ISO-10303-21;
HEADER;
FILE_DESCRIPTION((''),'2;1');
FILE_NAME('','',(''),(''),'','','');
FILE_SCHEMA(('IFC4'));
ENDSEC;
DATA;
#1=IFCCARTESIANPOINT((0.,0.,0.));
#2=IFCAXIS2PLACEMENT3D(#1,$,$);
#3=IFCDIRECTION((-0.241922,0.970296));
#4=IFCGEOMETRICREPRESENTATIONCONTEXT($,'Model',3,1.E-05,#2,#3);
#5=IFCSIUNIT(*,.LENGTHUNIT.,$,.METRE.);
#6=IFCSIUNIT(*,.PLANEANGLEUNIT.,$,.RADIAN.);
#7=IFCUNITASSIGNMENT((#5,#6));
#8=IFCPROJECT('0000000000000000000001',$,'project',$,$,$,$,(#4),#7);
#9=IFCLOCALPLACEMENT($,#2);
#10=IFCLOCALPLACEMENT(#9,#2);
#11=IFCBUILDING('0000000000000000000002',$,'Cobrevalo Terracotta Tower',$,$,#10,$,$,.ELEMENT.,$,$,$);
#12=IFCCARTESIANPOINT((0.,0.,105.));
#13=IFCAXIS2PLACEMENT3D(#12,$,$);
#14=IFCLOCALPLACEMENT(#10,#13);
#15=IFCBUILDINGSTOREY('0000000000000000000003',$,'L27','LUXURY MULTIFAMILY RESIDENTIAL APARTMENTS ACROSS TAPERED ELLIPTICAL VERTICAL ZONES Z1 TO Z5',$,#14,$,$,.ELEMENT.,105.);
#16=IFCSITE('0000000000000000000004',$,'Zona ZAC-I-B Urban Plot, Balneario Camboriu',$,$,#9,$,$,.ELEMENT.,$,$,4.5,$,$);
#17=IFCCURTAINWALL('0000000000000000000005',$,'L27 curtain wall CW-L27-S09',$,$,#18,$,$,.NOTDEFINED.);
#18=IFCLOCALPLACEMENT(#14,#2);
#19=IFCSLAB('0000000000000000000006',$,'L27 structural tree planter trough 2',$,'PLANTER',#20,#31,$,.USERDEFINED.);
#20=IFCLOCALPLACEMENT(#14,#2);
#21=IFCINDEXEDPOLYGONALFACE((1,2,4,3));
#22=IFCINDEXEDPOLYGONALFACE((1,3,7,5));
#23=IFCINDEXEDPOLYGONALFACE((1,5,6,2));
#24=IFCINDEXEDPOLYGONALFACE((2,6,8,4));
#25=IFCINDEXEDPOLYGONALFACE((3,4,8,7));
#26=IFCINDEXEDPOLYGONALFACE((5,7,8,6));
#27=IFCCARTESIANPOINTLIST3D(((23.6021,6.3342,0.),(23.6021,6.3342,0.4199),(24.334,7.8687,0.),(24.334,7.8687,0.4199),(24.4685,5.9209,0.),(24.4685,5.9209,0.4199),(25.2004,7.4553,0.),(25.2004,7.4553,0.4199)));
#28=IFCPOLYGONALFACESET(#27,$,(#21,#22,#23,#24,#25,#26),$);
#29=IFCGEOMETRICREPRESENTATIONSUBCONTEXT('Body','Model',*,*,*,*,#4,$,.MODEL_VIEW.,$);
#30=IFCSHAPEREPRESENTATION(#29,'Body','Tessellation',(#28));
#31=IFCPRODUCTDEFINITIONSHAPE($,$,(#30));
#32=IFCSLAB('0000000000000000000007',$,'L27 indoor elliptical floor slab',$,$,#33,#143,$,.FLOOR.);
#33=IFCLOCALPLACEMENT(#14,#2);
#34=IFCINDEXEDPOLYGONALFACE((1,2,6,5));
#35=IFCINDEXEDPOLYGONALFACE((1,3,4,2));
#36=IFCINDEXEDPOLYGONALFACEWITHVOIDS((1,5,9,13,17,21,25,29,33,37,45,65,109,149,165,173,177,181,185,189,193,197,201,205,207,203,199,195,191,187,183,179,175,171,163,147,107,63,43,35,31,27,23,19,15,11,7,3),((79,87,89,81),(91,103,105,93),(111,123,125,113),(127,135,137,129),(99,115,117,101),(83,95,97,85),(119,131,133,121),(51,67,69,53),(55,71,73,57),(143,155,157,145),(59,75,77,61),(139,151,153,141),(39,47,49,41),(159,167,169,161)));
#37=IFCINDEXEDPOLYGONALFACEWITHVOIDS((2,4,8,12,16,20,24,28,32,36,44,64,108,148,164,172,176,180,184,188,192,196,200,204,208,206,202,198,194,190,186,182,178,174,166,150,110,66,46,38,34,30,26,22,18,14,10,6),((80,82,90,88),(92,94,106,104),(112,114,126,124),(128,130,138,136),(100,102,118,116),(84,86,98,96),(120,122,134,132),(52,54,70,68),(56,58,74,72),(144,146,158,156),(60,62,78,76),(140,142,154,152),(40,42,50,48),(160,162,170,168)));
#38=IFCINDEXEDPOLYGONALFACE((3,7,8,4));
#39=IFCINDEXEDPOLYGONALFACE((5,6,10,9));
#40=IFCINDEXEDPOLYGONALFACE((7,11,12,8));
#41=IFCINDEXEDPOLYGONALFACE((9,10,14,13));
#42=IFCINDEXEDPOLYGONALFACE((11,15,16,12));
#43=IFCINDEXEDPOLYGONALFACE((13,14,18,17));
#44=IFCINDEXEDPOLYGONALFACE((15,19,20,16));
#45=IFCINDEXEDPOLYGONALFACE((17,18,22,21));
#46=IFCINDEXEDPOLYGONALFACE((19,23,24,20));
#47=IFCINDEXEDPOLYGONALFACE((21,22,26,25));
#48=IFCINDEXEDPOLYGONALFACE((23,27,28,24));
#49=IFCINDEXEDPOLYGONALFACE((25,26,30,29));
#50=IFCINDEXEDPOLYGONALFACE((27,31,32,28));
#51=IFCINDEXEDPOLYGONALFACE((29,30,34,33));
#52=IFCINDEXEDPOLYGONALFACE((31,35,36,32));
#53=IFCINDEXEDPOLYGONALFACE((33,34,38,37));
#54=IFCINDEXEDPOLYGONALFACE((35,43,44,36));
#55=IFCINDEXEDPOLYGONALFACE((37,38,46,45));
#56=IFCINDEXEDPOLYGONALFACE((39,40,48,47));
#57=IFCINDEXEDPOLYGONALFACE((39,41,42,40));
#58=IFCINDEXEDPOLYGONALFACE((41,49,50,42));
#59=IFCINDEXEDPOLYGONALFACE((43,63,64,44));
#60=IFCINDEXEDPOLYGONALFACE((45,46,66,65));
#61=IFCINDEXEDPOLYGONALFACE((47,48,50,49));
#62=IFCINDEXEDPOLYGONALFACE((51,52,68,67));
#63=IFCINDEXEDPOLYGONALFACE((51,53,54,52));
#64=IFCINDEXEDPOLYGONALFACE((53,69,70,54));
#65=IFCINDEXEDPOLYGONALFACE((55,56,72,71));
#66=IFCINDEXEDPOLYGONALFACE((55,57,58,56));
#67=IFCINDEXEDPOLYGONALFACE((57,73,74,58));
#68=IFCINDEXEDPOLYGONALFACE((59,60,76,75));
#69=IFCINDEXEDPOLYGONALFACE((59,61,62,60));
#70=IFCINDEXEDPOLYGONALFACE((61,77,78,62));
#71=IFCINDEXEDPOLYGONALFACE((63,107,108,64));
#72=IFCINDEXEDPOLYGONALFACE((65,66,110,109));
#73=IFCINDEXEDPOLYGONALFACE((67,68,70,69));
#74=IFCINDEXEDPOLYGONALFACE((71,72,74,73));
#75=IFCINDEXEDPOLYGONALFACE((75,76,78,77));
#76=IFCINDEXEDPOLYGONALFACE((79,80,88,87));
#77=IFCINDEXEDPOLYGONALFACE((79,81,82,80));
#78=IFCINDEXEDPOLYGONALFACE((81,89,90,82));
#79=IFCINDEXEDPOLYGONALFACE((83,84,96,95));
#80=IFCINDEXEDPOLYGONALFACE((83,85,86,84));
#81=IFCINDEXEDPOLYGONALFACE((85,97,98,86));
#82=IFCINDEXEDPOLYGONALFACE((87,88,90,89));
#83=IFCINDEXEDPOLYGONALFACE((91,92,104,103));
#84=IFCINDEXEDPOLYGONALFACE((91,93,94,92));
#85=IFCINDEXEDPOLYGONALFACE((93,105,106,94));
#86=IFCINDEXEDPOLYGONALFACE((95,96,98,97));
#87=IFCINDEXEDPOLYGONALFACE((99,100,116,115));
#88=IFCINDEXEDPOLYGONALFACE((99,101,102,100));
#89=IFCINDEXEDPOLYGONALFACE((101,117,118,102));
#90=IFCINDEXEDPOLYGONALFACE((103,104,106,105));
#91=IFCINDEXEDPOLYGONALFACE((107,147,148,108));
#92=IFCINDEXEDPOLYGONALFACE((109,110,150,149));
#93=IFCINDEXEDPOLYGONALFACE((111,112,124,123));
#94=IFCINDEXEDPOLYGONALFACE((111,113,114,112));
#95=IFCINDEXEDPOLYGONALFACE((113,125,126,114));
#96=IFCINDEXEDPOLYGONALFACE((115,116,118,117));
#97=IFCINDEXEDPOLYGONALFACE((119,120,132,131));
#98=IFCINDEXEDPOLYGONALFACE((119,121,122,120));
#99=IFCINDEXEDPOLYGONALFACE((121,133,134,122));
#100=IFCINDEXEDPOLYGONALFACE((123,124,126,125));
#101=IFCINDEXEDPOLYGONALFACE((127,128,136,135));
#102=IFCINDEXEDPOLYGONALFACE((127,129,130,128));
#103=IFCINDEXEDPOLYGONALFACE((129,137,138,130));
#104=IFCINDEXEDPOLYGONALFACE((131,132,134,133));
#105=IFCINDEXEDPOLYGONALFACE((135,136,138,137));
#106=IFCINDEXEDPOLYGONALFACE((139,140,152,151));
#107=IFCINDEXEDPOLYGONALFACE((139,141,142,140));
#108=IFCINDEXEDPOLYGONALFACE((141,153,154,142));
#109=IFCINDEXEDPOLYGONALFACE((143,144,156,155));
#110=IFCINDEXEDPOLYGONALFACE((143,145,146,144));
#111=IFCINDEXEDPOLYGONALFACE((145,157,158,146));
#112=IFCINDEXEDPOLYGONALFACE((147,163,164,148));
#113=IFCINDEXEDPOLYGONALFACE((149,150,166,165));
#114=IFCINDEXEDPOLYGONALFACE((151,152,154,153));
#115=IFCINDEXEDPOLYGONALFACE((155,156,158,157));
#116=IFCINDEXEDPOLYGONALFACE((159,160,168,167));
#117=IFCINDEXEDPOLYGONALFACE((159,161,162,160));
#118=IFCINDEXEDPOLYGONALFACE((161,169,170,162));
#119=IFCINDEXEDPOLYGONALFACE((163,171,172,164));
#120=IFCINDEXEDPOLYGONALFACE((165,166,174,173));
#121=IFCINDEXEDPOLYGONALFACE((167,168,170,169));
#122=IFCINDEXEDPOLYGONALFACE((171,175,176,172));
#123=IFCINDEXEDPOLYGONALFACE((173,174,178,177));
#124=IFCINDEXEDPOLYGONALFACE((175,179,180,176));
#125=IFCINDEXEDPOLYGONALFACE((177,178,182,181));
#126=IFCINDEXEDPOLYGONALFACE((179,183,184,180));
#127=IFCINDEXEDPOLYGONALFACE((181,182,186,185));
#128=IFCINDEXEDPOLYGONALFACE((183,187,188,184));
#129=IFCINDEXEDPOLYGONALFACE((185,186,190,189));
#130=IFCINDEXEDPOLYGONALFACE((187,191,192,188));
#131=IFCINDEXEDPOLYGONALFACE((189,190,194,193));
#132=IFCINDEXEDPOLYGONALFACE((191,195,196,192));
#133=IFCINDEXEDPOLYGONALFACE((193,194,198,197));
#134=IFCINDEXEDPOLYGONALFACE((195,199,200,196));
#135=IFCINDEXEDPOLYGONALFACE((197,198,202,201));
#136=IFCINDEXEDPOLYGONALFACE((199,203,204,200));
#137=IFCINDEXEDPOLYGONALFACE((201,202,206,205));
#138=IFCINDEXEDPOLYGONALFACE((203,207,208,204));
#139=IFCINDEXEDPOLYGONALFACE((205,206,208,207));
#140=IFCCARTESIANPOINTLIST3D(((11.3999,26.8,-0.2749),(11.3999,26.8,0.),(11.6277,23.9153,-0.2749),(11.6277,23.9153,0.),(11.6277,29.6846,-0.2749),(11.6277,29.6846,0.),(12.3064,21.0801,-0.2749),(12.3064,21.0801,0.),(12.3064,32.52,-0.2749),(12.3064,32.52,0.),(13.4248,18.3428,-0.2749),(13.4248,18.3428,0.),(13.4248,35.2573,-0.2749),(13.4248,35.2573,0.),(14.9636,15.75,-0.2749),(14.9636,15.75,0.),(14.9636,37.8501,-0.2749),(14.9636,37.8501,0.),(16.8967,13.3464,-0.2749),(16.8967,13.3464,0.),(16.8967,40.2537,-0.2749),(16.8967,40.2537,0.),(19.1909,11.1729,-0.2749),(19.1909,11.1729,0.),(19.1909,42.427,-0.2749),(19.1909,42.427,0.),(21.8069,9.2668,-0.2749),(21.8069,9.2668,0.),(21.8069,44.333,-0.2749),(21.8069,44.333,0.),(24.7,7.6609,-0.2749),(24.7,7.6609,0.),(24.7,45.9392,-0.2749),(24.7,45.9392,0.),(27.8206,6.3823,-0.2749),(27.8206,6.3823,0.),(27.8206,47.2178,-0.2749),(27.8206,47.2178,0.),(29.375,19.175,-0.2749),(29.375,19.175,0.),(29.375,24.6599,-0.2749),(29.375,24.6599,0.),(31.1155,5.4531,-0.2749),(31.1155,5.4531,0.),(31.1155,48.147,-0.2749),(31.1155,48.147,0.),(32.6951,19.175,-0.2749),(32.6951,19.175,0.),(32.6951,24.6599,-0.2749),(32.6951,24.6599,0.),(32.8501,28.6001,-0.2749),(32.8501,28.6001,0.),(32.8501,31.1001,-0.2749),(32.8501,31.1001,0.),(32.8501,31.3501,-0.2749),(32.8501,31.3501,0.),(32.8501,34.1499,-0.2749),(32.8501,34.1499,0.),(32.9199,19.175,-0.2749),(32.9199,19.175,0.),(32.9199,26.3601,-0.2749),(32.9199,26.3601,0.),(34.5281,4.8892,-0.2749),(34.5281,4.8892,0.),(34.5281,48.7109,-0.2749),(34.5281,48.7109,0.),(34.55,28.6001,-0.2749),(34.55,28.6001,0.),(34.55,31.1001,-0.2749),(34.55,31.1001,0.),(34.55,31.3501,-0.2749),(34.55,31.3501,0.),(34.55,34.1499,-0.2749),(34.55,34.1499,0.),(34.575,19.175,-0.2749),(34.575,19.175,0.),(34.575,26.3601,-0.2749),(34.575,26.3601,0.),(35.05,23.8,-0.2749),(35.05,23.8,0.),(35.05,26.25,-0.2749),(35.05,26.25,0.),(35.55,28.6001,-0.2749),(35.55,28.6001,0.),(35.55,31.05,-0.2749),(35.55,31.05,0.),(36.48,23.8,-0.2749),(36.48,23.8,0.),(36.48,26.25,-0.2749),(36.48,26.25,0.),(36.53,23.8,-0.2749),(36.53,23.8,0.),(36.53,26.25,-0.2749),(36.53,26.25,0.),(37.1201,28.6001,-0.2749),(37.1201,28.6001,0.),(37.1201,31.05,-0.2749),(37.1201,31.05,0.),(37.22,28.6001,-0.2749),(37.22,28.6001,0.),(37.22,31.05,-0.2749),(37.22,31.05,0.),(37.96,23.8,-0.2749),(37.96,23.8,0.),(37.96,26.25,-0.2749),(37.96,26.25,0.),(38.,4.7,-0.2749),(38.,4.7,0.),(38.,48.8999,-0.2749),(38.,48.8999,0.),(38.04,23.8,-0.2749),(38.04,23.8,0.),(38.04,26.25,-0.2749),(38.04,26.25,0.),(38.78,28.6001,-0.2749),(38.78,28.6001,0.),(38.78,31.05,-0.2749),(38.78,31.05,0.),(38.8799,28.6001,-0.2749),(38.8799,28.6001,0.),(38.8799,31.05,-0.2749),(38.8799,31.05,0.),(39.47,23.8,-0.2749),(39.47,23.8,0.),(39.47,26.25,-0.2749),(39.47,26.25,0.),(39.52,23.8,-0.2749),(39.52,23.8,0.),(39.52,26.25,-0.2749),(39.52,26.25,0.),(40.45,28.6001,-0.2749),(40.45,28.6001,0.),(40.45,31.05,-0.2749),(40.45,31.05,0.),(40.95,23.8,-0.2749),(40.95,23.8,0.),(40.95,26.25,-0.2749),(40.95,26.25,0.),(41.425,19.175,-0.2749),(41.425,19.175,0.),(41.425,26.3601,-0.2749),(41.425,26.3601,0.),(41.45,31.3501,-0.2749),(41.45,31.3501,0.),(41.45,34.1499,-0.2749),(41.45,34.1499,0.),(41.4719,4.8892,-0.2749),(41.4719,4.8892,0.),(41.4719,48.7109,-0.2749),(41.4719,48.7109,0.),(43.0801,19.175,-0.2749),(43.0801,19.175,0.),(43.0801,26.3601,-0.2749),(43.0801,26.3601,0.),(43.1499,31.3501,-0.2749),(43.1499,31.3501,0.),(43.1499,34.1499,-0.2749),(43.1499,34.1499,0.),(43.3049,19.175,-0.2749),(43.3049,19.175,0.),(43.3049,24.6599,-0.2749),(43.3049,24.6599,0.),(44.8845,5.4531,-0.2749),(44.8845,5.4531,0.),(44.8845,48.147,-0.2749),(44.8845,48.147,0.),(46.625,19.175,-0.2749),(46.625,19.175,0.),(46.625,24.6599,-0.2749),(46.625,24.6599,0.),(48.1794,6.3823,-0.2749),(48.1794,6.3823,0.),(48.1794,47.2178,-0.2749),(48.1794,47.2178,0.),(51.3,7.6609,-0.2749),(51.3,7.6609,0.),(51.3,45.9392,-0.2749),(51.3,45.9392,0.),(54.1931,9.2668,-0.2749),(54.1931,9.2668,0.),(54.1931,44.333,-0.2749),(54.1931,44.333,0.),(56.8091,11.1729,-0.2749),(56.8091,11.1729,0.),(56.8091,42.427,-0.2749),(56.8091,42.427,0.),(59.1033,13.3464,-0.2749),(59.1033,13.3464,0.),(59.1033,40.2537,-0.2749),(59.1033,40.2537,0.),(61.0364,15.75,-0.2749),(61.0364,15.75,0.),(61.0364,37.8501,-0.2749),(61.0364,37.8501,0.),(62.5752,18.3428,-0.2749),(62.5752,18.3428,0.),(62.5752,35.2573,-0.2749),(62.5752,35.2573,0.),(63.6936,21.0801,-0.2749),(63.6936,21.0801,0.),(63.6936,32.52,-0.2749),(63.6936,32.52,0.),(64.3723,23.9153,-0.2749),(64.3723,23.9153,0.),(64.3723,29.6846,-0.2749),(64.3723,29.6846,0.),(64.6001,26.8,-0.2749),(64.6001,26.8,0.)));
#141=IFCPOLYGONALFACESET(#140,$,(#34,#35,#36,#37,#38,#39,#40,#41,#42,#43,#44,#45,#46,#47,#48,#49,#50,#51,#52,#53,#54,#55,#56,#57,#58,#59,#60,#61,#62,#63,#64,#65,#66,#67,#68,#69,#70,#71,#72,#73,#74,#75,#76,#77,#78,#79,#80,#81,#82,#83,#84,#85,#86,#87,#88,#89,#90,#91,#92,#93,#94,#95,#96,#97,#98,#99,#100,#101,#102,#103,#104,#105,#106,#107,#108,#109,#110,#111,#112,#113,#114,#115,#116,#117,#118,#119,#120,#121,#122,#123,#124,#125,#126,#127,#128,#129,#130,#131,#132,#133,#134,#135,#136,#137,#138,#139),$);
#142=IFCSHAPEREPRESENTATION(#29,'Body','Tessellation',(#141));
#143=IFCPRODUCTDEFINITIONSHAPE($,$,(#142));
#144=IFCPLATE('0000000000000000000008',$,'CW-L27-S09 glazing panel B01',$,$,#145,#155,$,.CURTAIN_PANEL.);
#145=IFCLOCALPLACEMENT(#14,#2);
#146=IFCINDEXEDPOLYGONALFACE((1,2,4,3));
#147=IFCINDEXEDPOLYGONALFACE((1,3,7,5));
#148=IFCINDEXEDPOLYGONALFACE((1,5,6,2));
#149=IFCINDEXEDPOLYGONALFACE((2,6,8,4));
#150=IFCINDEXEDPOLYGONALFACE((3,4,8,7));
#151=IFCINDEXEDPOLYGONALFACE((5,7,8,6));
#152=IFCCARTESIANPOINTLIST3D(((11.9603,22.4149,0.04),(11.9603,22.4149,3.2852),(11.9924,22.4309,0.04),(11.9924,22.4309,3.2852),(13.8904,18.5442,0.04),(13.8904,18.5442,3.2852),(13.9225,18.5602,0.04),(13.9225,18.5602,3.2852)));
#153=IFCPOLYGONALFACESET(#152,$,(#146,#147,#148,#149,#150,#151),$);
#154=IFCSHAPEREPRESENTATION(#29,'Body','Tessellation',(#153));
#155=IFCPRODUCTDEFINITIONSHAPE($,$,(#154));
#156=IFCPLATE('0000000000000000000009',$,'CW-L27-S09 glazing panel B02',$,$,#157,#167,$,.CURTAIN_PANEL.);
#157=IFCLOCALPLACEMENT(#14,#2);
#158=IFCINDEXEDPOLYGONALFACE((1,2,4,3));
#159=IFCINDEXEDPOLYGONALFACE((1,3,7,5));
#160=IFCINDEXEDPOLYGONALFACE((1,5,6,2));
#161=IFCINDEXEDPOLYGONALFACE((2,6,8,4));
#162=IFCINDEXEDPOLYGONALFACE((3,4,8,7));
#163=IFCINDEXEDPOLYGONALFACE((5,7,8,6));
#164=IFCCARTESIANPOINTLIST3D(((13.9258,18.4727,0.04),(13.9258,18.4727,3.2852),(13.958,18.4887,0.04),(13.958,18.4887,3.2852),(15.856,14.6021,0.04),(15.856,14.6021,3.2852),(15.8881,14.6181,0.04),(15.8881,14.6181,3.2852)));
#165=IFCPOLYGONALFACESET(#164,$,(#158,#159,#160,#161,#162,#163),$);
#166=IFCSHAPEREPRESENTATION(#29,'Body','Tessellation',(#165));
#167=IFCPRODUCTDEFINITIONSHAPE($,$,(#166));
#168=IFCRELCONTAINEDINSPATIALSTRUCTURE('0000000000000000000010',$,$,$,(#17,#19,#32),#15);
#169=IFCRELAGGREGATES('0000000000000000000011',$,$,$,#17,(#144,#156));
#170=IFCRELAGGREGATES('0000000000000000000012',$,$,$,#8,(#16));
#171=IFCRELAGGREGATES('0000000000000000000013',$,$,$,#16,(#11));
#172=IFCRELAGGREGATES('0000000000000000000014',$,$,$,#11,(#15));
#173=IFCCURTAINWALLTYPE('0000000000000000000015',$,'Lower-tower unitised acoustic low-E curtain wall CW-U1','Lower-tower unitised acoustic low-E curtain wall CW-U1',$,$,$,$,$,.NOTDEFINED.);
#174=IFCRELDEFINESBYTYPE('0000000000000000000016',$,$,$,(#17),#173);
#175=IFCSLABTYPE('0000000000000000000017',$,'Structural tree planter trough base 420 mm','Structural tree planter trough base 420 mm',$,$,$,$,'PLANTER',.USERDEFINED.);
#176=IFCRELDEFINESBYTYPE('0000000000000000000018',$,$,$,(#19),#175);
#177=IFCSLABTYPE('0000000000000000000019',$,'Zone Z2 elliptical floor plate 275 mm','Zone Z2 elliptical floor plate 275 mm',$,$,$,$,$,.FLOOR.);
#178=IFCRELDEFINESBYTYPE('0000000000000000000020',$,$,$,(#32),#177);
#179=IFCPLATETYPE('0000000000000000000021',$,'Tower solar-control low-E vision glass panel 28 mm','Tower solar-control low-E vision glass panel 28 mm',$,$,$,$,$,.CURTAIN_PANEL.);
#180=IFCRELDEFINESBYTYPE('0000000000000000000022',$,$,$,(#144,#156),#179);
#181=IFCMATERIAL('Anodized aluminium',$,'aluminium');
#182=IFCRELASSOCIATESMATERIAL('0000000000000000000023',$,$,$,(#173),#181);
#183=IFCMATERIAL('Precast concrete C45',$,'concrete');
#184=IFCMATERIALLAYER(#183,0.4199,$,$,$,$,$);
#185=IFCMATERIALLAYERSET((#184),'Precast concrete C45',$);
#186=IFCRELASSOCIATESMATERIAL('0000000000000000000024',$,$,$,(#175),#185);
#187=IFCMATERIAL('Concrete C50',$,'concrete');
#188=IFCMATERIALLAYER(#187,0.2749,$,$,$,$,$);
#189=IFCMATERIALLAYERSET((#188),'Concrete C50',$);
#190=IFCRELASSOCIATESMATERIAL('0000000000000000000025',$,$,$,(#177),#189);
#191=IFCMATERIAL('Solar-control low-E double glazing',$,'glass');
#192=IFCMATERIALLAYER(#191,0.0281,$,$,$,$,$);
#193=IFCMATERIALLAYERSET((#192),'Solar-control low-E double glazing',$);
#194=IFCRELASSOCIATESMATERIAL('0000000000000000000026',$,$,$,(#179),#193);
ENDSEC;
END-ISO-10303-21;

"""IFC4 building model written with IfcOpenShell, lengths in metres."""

from ifc_helpers import new_model, si_unit, direction, frame, origin, origin_2d, place, context, subcontext, project, spatial, polyline, rectangle, outline, extrude, source, transform, mapped, material, layer, layer_set, type_object, element, aggregate, save


model = new_model("IFC4")

# Units and contexts
model_context = context("Model", 3, precision=1e-05, world=origin(), true_north=direction((-0.241922, 0.970296)))
body_context = subcontext(model_context, "Body", "Model", "MODEL_VIEW")
ifc_project = project(units=[si_unit("LENGTHUNIT", "METRE"), si_unit("PLANEANGLEUNIT", "RADIAN")], contexts=[model_context])

# Site, building, storey
site_placement = place(None, origin())
site = spatial("IfcSite", under=ifc_project, at=site_placement, Name="Zona ZAC-I-B Urban Plot, Balneario Camboriu", CompositionType="ELEMENT", RefElevation=4.5)
building_placement = place(site_placement, origin())
building = spatial("IfcBuilding", under=site, at=building_placement, Name="Cobrevalo Terracotta Tower", CompositionType="ELEMENT")
storey_placement = place(building_placement, frame((0.0, 0.0, 105.0)))
storey = spatial("IfcBuildingStorey", under=building, at=storey_placement, Name="L27", Description="LUXURY MULTIFAMILY RESIDENTIAL APARTMENTS ACROSS TAPERED ELLIPTICAL VERTICAL ZONES Z1 TO Z5", CompositionType="ELEMENT", Elevation=105.0)

# Shared definitions
ifc_material_1 = material(Name="Anodized aluminium", Category="aluminium")
curtain_wall_type = type_object("IfcCurtainWallType", Name="Lower-tower unitised acoustic low-E curtain wall CW-U1", Description="Lower-tower unitised acoustic low-E curtain wall CW-U1", PredefinedType="NOTDEFINED", material=ifc_material_1)

# Curtain wall
curtain_wall_1_placement = place(storey_placement, origin())
curtain_wall_1 = element("IfcCurtainWall", 1, at=curtain_wall_1_placement, inside=storey, type_object=curtain_wall_type, Name="L27 curtain wall CW-L27-S09", PredefinedType="NOTDEFINED")

# Shared definitions
ifc_material_2 = material(Name="Concrete C50", Category="concrete")

# Slabs
ifc_material_3 = material(Name="Precast concrete C45", Category="concrete")
ifc_layer_1 = layer(ifc_material_3, 0.4199)
ifc_layer_set_1 = layer_set([ifc_layer_1], Name="Precast concrete C45")
slab_type_1 = type_object("IfcSlabType", Name="Structural tree planter trough base 420 mm", Description="Structural tree planter trough base 420 mm", ElementType="PLANTER", PredefinedType="USERDEFINED", material=ifc_layer_set_1)
slab_1_placement = place(storey_placement, origin())
element("IfcSlab", 2, at=slab_1_placement, inside=storey, type_object=slab_type_1, Name="L27 structural tree planter trough 2", ObjectType="PLANTER", PredefinedType="USERDEFINED", context=body_context, shape_type="SweptSolid", body=[
    extrude(outline(polyline([(24.334, 7.8687), (23.6021, 6.3342), (24.4685, 5.9209), (25.2004, 7.4553), (24.334, 7.8687)])), origin(), (0.0, 0.0, 1.0), 0.4199),
])
ifc_layer_2 = layer(ifc_material_2, 0.2749)
ifc_layer_set_2 = layer_set([ifc_layer_2], Name="Concrete C50")
slab_type_2 = type_object("IfcSlabType", Name="Zone Z2 elliptical floor plate 275 mm", Description="Zone Z2 elliptical floor plate 275 mm", PredefinedType="FLOOR", material=ifc_layer_set_2)
slab_2_placement = place(storey_placement, frame((0.0, 0.0, -0.2749)))
element("IfcSlab", 3, at=slab_2_placement, inside=storey, type_object=slab_type_2, Name="L27 indoor elliptical floor slab", PredefinedType="FLOOR", context=body_context, shape_type="SweptSolid", body=[
    extrude(outline(polyline([(64.3723, 23.9153), (63.6936, 21.0801), (62.5752, 18.3428), (61.0364, 15.75), (59.1033, 13.3464), (56.8091, 11.1729), (54.1931, 9.2668), (51.3, 7.6609), (48.1794, 6.3823), (44.8845, 5.4531), (41.4719, 4.8892), (38.0, 4.7), (34.5281, 4.8892), (31.1155, 5.4531), (27.8206, 6.3823), (24.7, 7.6609), (21.8069, 9.2668), (19.1909, 11.1729), (16.8967, 13.3464), (14.9636, 15.75), (13.4248, 18.3428), (12.3064, 21.0801), (11.6277, 23.9153), (11.3999, 26.8), (11.6277, 29.6846), (12.3064, 32.52), (13.4248, 35.2573), (14.9636, 37.8501), (16.8967, 40.2537), (19.1909, 42.427), (21.8069, 44.333), (24.7, 45.9392), (27.8206, 47.2178), (31.1155, 48.147), (34.5281, 48.7109), (38.0, 48.8999), (41.4719, 48.7109), (44.8845, 48.147), (48.1794, 47.2178), (51.3, 45.9392), (54.1931, 44.333), (56.8091, 42.427), (59.1033, 40.2537), (61.0364, 37.8501), (62.5752, 35.2573), (63.6936, 32.52), (64.3723, 29.6846), (64.6001, 26.8), (64.3723, 23.9153)]), holes=[polyline([(32.6951, 19.175), (32.6951, 24.6599), (29.375, 24.6599), (29.375, 19.175), (32.6951, 19.175)]), polyline([(34.575, 19.175), (34.575, 26.3601), (32.9199, 26.3601), (32.9199, 19.175), (34.575, 19.175)]), polyline([(36.48, 23.8), (36.48, 26.25), (35.05, 26.25), (35.05, 23.8), (36.48, 23.8)]), polyline([(37.96, 23.8), (37.96, 26.25), (36.53, 26.25), (36.53, 23.8), (37.96, 23.8)]), polyline([(37.1201, 28.6001), (37.1201, 31.05), (35.55, 31.05), (35.55, 28.6001), (37.1201, 28.6001)]), polyline([(34.55, 28.6001), (34.55, 31.1001), (32.8501, 31.1001), (32.8501, 28.6001), (34.55, 28.6001)]), polyline([(34.55, 31.3501), (34.55, 34.1499), (32.8501, 34.1499), (32.8501, 31.3501), (34.55, 31.3501)]), polyline([(46.625, 19.175), (46.625, 24.6599), (43.3049, 24.6599), (43.3049, 19.175), (46.625, 19.175)]), polyline([(43.0801, 19.175), (43.0801, 26.3601), (41.425, 26.3601), (41.425, 19.175), (43.0801, 19.175)]), polyline([(39.47, 23.8), (39.47, 26.25), (38.04, 26.25), (38.04, 23.8), (39.47, 23.8)]), polyline([(40.95, 23.8), (40.95, 26.25), (39.52, 26.25), (39.52, 23.8), (40.95, 23.8)]), polyline([(38.78, 28.6001), (38.78, 31.05), (37.22, 31.05), (37.22, 28.6001), (38.78, 28.6001)]), polyline([(40.45, 28.6001), (40.45, 31.05), (38.8799, 31.05), (38.8799, 28.6001), (40.45, 28.6001)]), polyline([(43.1499, 31.3501), (43.1499, 34.1499), (41.45, 34.1499), (41.45, 31.3501), (43.1499, 31.3501)])]), origin(), (0.0, 0.0, 1.0), 0.2749),
])

# Plates
ifc_material_4 = material(Name="Solar-control low-E double glazing", Category="glass")
ifc_layer_3 = layer(ifc_material_4, 0.0281)
ifc_layer_set_3 = layer_set([ifc_layer_3], Name="Solar-control low-E double glazing")
plate_type = type_object("IfcPlateType", Name="Tower solar-control low-E vision glass panel 28 mm", Description="Tower solar-control low-E vision glass panel 28 mm", PredefinedType="CURTAIN_PANEL", material=ifc_layer_set_3)
shared_shape_1 = source(origin(), body_context, "Body", "SweptSolid", [
    extrude(rectangle(XDim=4.3252, YDim=0.0359, at=origin_2d()), origin(), (0.0, 0.0, 1.0), 3.2451),
])
plate_1_placement = place(storey_placement, frame((12.9414, 20.4875, 0.04), z_axis=(0.0, 0.0, 1.0), x_axis=(0.446262, -0.894902, 0.0)))
plate_1 = element("IfcPlate", 4, at=plate_1_placement, type_object=plate_type, Name="CW-L27-S09 glazing panel B01", PredefinedType="CURTAIN_PANEL", context=body_context, shape_type="MappedRepresentation", body=[
    mapped(shared_shape_1, transform((0.0, 0.0, 0.0), scale=1.0)),
])
plate_2_placement = place(storey_placement, frame((14.907, 16.5454, 0.04), z_axis=(0.0, 0.0, 1.0), x_axis=(0.446262, -0.894902, 0.0)))
plate_2 = element("IfcPlate", 5, at=plate_2_placement, type_object=plate_type, Name="CW-L27-S09 glazing panel B02", PredefinedType="CURTAIN_PANEL", context=body_context, shape_type="MappedRepresentation", body=[
    mapped(shared_shape_1, transform((0.0, 0.0, 0.0), scale=1.0)),
])
aggregate(curtain_wall_1, [plate_1, plate_2])

save(model, "model.ifc")
